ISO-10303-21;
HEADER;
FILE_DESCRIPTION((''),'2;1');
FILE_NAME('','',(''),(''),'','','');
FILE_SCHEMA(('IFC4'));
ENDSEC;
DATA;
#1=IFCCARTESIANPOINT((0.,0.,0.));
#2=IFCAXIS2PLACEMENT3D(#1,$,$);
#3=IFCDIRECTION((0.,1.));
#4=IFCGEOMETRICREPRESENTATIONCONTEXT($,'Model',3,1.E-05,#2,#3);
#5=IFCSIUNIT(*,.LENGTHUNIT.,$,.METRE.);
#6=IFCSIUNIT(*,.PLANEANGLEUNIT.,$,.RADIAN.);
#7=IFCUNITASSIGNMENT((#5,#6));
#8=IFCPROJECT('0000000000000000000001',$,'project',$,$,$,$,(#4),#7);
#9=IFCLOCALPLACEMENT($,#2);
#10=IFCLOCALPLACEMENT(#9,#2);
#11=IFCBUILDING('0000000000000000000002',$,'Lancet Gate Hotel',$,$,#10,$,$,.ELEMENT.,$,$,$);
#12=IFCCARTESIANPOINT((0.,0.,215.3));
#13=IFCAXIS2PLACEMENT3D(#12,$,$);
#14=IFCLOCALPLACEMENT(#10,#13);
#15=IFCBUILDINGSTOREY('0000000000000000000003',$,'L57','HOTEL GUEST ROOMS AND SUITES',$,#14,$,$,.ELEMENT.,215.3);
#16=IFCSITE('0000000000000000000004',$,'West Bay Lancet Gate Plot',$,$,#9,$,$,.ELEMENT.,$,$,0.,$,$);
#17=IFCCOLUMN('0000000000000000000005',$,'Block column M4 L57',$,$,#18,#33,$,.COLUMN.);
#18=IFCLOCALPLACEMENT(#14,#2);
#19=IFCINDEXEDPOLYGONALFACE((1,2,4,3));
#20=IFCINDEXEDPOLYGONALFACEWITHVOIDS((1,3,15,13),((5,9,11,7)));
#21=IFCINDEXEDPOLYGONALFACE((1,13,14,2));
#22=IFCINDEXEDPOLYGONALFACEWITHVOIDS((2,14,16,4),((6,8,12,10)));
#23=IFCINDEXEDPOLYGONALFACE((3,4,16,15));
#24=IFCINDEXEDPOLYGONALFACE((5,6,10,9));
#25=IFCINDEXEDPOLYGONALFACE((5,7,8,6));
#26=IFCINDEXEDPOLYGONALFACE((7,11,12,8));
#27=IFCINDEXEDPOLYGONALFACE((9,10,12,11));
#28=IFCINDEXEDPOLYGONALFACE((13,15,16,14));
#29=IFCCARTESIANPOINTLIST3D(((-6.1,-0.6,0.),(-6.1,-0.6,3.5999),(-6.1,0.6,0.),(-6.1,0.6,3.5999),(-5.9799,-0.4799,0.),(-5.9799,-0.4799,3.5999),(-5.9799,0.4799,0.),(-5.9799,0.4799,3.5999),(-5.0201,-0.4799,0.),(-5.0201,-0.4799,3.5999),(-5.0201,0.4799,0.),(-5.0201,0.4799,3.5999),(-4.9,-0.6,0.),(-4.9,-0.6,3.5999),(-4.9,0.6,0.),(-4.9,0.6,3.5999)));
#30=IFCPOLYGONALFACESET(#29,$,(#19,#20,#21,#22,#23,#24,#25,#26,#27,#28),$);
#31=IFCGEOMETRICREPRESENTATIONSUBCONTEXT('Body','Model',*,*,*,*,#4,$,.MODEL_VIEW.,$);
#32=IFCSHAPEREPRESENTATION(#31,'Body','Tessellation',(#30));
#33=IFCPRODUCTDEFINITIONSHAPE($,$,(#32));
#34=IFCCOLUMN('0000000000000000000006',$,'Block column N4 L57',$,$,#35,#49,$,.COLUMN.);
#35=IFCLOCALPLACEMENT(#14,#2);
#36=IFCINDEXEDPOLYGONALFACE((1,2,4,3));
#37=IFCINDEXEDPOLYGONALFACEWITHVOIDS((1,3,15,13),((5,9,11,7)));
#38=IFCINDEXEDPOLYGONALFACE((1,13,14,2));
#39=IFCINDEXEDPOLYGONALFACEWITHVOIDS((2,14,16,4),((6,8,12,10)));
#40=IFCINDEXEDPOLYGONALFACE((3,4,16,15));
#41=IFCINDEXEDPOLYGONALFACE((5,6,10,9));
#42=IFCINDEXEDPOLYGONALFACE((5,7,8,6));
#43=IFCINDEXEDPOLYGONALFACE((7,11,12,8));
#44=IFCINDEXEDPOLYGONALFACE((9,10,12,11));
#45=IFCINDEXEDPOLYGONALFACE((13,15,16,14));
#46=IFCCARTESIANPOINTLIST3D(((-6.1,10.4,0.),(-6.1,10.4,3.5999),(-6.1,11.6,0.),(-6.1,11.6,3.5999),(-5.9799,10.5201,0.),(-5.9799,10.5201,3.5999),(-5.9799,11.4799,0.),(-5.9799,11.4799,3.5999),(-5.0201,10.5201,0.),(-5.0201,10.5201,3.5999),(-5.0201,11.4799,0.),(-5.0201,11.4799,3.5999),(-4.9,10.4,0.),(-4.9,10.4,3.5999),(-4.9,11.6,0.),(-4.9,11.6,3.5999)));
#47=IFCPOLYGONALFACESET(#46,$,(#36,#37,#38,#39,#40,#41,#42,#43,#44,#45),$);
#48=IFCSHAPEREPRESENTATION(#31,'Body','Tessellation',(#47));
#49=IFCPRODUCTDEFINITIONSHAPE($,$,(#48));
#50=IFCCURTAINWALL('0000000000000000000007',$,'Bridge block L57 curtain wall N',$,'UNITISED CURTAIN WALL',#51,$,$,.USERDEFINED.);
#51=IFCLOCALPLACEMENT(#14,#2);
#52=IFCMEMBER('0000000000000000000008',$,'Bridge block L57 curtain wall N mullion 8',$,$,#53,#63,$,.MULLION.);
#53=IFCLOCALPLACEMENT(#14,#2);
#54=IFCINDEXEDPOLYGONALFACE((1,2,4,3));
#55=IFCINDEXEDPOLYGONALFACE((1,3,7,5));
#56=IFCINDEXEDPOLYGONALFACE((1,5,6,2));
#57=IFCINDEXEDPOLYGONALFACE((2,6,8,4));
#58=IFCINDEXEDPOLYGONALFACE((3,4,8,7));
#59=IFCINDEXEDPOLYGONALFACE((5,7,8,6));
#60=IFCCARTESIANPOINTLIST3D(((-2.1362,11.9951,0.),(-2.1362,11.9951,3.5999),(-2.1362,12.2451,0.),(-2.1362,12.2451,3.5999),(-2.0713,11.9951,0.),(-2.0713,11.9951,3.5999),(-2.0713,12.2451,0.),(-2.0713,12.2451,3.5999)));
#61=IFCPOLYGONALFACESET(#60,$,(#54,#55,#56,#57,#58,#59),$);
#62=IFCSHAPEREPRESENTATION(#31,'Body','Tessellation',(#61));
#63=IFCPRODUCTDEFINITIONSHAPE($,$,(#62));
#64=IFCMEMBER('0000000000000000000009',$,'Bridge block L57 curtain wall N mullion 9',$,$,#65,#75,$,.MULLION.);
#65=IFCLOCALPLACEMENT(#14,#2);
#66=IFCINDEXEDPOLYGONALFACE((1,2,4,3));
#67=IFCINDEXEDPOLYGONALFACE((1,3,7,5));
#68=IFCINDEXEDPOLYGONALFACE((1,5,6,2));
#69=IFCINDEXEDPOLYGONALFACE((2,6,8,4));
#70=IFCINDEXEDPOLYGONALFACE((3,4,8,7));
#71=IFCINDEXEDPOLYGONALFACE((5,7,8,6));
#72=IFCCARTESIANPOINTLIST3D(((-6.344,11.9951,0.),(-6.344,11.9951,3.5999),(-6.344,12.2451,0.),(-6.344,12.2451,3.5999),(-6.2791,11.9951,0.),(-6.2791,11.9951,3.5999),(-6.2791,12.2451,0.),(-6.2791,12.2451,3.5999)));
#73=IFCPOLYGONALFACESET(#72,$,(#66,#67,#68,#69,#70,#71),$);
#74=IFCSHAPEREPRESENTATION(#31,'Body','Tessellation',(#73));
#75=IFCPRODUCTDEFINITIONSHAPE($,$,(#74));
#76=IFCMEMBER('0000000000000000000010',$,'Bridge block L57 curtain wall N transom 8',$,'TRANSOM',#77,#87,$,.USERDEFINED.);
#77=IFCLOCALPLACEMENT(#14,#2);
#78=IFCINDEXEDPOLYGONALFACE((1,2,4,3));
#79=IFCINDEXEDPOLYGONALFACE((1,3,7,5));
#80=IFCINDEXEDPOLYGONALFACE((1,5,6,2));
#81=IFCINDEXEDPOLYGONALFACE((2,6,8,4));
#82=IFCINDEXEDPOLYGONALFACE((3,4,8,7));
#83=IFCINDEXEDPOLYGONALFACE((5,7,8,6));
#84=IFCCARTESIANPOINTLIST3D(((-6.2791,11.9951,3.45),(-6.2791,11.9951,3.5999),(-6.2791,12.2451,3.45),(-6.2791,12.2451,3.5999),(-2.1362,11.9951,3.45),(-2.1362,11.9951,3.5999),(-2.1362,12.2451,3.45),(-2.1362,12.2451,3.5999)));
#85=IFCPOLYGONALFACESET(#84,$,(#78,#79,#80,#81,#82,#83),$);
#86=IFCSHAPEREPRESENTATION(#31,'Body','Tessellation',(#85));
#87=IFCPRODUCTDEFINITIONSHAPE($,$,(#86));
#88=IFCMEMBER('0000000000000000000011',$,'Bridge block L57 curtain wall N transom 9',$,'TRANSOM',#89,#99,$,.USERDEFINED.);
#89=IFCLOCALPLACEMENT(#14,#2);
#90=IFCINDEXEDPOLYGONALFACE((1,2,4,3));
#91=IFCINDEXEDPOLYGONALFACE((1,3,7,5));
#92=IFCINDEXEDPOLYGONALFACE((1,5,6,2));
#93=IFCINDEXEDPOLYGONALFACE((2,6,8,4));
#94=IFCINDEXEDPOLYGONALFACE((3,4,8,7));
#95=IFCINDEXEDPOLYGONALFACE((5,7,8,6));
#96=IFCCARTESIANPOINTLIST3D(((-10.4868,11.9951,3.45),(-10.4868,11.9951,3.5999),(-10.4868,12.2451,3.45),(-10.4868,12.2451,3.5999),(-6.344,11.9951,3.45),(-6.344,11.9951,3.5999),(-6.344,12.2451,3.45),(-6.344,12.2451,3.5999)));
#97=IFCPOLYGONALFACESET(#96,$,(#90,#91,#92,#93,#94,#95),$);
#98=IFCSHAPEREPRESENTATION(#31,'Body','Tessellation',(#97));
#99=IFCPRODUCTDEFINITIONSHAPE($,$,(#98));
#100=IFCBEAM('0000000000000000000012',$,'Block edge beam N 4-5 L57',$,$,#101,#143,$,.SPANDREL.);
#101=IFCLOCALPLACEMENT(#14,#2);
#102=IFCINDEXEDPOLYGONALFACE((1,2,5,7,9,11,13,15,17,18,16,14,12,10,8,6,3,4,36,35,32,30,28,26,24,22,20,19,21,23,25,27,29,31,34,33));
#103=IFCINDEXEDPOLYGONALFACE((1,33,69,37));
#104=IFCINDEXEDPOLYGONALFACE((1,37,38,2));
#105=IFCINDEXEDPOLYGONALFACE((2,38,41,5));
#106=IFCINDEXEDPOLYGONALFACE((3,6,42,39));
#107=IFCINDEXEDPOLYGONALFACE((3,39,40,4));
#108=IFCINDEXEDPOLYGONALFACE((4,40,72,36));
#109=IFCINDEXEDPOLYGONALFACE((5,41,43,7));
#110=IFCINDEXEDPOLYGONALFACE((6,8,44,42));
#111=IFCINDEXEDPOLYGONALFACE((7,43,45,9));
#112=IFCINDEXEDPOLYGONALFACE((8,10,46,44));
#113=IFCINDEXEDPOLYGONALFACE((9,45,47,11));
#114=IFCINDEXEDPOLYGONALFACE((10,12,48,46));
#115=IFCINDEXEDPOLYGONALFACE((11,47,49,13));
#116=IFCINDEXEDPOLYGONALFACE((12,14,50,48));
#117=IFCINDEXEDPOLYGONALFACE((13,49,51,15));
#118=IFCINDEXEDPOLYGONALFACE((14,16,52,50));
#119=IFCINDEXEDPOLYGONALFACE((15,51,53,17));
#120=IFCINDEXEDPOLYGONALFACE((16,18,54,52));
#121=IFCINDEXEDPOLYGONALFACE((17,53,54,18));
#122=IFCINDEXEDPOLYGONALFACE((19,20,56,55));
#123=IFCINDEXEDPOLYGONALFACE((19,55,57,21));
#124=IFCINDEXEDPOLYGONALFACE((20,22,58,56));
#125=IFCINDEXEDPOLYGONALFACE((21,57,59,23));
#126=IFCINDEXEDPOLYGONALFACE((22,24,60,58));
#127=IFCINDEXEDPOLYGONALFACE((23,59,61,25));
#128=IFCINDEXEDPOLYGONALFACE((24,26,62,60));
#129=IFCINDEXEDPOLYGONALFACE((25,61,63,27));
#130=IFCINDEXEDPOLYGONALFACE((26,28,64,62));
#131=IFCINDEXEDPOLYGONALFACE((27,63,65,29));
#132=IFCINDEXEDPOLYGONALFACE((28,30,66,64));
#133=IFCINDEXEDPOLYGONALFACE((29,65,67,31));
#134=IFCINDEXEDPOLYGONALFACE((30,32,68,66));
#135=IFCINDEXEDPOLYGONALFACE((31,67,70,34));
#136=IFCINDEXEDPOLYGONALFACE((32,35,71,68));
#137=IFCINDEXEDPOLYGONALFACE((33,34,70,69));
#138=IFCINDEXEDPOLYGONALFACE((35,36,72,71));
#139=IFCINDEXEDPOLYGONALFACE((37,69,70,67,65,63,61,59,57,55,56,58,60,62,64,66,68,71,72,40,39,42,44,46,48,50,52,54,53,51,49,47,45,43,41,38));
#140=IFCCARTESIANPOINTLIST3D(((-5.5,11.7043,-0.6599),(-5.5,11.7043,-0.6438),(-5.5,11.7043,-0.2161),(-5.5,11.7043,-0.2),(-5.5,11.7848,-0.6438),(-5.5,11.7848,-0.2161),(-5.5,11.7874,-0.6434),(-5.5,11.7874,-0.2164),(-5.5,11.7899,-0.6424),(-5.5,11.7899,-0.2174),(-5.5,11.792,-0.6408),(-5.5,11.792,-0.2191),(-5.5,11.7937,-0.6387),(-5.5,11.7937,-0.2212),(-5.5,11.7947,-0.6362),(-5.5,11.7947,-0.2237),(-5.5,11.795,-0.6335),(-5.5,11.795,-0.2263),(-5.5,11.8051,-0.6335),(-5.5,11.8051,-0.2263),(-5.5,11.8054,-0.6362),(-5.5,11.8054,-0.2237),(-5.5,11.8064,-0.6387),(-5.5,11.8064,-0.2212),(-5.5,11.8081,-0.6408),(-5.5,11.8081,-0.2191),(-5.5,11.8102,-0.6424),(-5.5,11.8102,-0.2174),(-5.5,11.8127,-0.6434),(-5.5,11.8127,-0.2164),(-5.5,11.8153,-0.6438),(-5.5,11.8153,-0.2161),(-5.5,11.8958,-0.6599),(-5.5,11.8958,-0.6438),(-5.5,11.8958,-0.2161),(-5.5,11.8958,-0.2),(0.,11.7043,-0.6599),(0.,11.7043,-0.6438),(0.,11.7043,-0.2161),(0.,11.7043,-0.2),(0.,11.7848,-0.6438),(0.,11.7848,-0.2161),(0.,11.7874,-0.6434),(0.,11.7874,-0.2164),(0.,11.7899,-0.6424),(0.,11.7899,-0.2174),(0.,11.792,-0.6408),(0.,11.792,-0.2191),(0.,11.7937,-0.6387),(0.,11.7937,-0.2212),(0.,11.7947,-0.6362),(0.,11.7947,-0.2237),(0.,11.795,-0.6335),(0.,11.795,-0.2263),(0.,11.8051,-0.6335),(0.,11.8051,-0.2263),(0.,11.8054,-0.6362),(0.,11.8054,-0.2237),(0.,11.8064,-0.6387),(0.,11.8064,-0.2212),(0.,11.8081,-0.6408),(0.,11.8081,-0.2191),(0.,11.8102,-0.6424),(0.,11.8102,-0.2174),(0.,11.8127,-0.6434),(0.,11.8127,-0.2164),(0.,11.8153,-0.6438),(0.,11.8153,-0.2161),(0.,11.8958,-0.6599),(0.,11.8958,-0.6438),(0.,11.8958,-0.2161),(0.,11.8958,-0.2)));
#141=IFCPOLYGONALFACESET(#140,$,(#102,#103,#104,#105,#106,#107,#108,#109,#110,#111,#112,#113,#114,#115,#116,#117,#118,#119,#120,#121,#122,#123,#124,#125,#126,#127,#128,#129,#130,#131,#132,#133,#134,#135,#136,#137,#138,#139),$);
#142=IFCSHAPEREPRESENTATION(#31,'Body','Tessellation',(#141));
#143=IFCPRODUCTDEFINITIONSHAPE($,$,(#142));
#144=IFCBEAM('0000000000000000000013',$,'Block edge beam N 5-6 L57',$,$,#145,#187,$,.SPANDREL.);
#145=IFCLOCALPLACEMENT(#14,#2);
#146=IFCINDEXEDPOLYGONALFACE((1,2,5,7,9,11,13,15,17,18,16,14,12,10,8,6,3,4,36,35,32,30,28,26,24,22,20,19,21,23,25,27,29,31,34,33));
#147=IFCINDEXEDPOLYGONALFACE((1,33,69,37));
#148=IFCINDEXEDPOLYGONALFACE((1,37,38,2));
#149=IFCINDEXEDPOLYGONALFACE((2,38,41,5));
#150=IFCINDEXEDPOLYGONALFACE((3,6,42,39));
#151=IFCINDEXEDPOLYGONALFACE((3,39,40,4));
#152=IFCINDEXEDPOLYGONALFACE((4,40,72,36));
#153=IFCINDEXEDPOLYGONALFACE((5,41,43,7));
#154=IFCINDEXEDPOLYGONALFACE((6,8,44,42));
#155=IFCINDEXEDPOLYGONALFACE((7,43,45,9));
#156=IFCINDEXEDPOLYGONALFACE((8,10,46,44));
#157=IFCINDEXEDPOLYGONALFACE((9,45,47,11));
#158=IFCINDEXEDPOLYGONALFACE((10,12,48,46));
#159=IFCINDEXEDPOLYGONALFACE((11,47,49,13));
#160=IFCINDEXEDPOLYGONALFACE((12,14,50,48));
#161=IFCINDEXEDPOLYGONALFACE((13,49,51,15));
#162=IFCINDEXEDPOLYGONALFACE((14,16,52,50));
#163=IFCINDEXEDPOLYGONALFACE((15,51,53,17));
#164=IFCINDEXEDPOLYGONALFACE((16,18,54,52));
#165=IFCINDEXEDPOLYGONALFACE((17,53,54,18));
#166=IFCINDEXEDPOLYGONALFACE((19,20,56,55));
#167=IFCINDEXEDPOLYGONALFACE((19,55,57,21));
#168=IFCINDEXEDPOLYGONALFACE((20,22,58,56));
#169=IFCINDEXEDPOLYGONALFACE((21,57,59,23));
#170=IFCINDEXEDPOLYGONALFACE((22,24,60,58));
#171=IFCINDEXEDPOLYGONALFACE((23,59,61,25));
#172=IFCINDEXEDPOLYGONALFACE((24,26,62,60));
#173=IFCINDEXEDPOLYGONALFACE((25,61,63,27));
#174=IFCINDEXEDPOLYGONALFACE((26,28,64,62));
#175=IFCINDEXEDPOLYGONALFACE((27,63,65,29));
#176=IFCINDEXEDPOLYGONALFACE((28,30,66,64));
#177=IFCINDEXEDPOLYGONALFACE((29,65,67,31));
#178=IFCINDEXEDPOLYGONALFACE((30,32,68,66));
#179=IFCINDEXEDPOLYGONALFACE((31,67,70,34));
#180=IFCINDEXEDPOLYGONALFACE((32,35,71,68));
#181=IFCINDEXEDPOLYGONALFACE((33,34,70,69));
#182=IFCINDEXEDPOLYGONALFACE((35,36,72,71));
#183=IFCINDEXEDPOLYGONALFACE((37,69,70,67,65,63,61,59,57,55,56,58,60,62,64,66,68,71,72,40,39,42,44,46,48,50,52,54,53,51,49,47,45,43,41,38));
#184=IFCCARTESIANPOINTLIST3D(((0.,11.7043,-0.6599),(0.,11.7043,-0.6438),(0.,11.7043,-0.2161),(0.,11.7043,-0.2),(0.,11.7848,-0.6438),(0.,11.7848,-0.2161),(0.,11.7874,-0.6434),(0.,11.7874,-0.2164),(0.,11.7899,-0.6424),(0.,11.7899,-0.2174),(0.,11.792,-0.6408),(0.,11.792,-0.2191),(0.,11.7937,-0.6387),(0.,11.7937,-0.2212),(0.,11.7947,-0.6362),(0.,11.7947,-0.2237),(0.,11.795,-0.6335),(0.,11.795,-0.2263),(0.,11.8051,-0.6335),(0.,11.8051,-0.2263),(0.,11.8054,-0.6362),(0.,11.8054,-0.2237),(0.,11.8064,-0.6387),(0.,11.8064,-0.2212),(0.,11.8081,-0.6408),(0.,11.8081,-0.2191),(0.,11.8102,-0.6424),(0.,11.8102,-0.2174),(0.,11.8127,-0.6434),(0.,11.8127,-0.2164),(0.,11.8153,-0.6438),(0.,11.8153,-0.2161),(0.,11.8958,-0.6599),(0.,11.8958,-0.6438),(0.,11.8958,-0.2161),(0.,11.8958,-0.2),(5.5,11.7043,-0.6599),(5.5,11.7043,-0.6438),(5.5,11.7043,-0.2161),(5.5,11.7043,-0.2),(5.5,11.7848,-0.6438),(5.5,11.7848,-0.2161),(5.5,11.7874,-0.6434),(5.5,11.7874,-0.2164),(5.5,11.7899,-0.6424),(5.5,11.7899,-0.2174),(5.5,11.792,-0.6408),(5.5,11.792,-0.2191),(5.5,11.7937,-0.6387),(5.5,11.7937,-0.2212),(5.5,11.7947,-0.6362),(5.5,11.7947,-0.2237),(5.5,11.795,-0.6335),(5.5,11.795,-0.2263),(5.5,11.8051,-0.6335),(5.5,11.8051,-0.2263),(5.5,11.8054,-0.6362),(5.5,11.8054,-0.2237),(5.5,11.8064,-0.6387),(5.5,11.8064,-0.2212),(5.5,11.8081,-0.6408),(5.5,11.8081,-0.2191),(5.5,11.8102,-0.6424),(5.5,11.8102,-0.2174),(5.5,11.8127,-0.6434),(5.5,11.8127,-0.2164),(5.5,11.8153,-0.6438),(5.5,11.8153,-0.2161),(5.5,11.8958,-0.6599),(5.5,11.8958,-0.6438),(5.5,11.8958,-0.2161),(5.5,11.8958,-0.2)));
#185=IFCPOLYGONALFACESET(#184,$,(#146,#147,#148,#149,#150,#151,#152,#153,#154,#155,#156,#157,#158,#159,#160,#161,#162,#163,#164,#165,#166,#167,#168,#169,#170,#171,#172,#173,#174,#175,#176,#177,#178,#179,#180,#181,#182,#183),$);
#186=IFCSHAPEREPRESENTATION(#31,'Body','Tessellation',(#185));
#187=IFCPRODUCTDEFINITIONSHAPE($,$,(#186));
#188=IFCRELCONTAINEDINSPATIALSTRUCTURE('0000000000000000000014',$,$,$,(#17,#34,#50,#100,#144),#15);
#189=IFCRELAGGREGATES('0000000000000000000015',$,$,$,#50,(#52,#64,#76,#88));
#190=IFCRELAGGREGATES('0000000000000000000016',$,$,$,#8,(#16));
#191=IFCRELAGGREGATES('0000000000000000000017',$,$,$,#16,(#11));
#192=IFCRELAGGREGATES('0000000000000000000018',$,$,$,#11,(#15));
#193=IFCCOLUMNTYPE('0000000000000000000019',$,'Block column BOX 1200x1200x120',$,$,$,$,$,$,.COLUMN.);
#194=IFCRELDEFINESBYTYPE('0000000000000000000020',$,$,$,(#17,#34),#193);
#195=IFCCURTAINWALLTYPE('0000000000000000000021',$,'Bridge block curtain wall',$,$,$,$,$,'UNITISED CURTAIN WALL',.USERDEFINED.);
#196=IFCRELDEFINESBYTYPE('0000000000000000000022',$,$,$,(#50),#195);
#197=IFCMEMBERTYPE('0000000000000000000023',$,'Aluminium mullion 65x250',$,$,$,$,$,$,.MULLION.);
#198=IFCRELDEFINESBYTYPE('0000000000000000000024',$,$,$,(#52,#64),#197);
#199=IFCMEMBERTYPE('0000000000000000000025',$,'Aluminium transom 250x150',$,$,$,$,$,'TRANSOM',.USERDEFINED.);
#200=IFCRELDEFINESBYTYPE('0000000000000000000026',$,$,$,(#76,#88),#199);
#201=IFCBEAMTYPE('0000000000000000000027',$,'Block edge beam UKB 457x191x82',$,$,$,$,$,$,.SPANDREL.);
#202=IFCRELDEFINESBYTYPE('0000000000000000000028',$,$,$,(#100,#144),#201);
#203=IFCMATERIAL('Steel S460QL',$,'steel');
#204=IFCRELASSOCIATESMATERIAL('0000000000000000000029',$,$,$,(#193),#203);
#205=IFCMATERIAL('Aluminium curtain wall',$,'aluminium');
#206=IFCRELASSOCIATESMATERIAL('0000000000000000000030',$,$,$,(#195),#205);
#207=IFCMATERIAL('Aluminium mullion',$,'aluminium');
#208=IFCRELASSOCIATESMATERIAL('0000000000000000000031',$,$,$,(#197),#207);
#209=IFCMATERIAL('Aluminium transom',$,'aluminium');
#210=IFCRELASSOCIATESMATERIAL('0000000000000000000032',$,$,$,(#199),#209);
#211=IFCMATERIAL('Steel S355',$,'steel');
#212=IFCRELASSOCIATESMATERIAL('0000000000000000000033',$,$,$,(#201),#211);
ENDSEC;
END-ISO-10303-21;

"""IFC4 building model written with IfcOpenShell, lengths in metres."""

from ifc_helpers import new_model, si_unit, direction, frame, origin, origin_2d, place, context, subcontext, project, spatial, rectangle, hollow_rectangle, i_section, extrude, material, material_profile, profile_set, type_object, element, aggregate, save


model = new_model("IFC4")

# Units and contexts
model_context = context("Model", 3, precision=1e-05, world=origin(), true_north=direction((0.0, 1.0)))
body_context = subcontext(model_context, "Body", "Model", "MODEL_VIEW")
ifc_project = project(units=[si_unit("LENGTHUNIT", "METRE"), si_unit("PLANEANGLEUNIT", "RADIAN")], contexts=[model_context])

# Site, building, storey
site_placement = place(None, origin())
site = spatial("IfcSite", under=ifc_project, at=site_placement, Name="West Bay Lancet Gate Plot", CompositionType="ELEMENT", RefElevation=0.0)
building_placement = place(site_placement, origin())
building = spatial("IfcBuilding", under=site, at=building_placement, Name="Lancet Gate Hotel", CompositionType="ELEMENT")
storey_placement = place(building_placement, frame((0.0, 0.0, 215.3)))
storey = spatial("IfcBuildingStorey", under=building, at=storey_placement, Name="L57", Description="HOTEL GUEST ROOMS AND SUITES", CompositionType="ELEMENT", Elevation=215.3)

# Columns
ifc_material_1 = material(Name="Steel S460QL", Category="steel")
ifc_material_profile_1 = material_profile(ifc_material_1, hollow_rectangle(XDim=1.2, YDim=1.2, WallThickness=0.1201, at=origin_2d()), Name="BOX 1200x1200x120")
ifc_profile_set_1 = profile_set([ifc_material_profile_1], Name="Steel S460QL")
column_type = type_object("IfcColumnType", Name="Block column BOX 1200x1200x120", PredefinedType="COLUMN", material=ifc_profile_set_1)
for number, where, z_axis, x_axis, name in (
    (1, (-5.5, 0.0, 0.0), (0.0, 0.0, 1.0), (1.0, 0.0, 0.0), "Block column M4 L57"),
    (2, (-5.5, 11.0, 0.0), (0.0, 0.0, 1.0), (1.0, 0.0, 0.0), "Block column N4 L57"),
):
    element("IfcColumn", number, at=place(storey_placement, frame(where, z_axis=z_axis, x_axis=x_axis)), inside=storey, type_object=column_type, Name=name, PredefinedType="COLUMN", context=body_context, shape_type="SweptSolid", body=[
        extrude(hollow_rectangle(XDim=1.2, YDim=1.2, WallThickness=0.1201, at=origin_2d()), origin(), (0.0, 0.0, 1.0), 3.5999),
    ])

# Curtain wall, members
ifc_material_2 = material(Name="Aluminium curtain wall", Category="aluminium")
curtain_wall_type = type_object("IfcCurtainWallType", Name="Bridge block curtain wall", ElementType="UNITISED CURTAIN WALL", PredefinedType="USERDEFINED", material=ifc_material_2)
curtain_wall_placement = place(storey_placement, origin())
curtain_wall = element("IfcCurtainWall", 3, at=curtain_wall_placement, inside=storey, type_object=curtain_wall_type, Name="Bridge block L57 curtain wall N", ObjectType="UNITISED CURTAIN WALL", PredefinedType="USERDEFINED")
ifc_material_3 = material(Name="Aluminium mullion", Category="aluminium")
ifc_material_profile_2 = material_profile(ifc_material_3, rectangle(XDim=0.0649, YDim=0.25, at=origin_2d()), Name="MULLION 65x250")
ifc_profile_set_2 = profile_set([ifc_material_profile_2], Name="Aluminium mullion")
member_type_1 = type_object("IfcMemberType", Name="Aluminium mullion 65x250", PredefinedType="MULLION", material=ifc_profile_set_2)
member_1_placement = place(storey_placement, frame((-2.1038, 12.1201, 0.0), z_axis=(0.0, 0.0, 1.0), x_axis=(-1.0, 0.0, 0.0)))
member_1 = element("IfcMember", 4, at=member_1_placement, type_object=member_type_1, Name="Bridge block L57 curtain wall N mullion 8", PredefinedType="MULLION", context=body_context, shape_type="SweptSolid", body=[
    extrude(rectangle(XDim=0.0649, YDim=0.25, at=origin_2d()), origin(), (0.0, 0.0, 1.0), 3.5999),
])
member_2_placement = place(storey_placement, frame((-6.3115, 12.1201, 0.0), z_axis=(0.0, 0.0, 1.0), x_axis=(-1.0, 0.0, 0.0)))
member_2 = element("IfcMember", 5, at=member_2_placement, type_object=member_type_1, Name="Bridge block L57 curtain wall N mullion 9", PredefinedType="MULLION", context=body_context, shape_type="SweptSolid", body=[
    extrude(rectangle(XDim=0.0649, YDim=0.25, at=origin_2d()), origin(), (0.0, 0.0, 1.0), 3.5999),
])
ifc_material_4 = material(Name="Aluminium transom", Category="aluminium")
ifc_material_profile_3 = material_profile(ifc_material_4, rectangle(XDim=0.25, YDim=0.1499, at=origin_2d()), Name="TRANSOM 250x150")
ifc_profile_set_3 = profile_set([ifc_material_profile_3], Name="Aluminium transom")
member_type_2 = type_object("IfcMemberType", Name="Aluminium transom 250x150", ElementType="TRANSOM", PredefinedType="USERDEFINED", material=ifc_profile_set_3)
member_3_placement = place(storey_placement, frame((-2.1362, 12.1201, 3.5249), z_axis=(-1.0, 0.0, 0.0), x_axis=(0.0, -1.0, 0.0)))
member_3 = element("IfcMember", 6, at=member_3_placement, type_object=member_type_2, Name="Bridge block L57 curtain wall N transom 8", ObjectType="TRANSOM", PredefinedType="USERDEFINED", context=body_context, shape_type="SweptSolid", body=[
    extrude(rectangle(XDim=0.25, YDim=0.1499, at=origin_2d()), origin(), (0.0, 0.0, 1.0), 4.1428),
])
member_4_placement = place(storey_placement, frame((-6.344, 12.1201, 3.5249), z_axis=(-1.0, 0.0, 0.0), x_axis=(0.0, -1.0, 0.0)))
member_4 = element("IfcMember", 7, at=member_4_placement, type_object=member_type_2, Name="Bridge block L57 curtain wall N transom 9", ObjectType="TRANSOM", PredefinedType="USERDEFINED", context=body_context, shape_type="SweptSolid", body=[
    extrude(rectangle(XDim=0.25, YDim=0.1499, at=origin_2d()), origin(), (0.0, 0.0, 1.0), 4.1428),
])

# Beams
ifc_material_5 = material(Name="Steel S355", Category="steel")
ifc_material_profile_4 = material_profile(ifc_material_5, i_section(OverallWidth=0.1914, OverallDepth=0.46, WebThickness=0.01, FlangeThickness=0.0161, FilletRadius=0.0103, at=origin_2d()), Name="UKB 457x191x82")
ifc_profile_set_4 = profile_set([ifc_material_profile_4], Name="Steel S355")
beam_type_1 = type_object("IfcBeamType", Name="Block edge beam UKB 457x191x82", PredefinedType="SPANDREL", material=ifc_profile_set_4)
for number, where, z_axis, x_axis, name in (
    (8, (-5.5, 11.8, -0.4299), (1.0, 0.0, 0.0), (0.0, 1.0, 0.0), "Block edge beam N 4-5 L57"),
    (9, (0.0, 11.8, -0.4299), (1.0, 0.0, 0.0), (0.0, 1.0, 0.0), "Block edge beam N 5-6 L57"),
):
    element("IfcBeam", number, at=place(storey_placement, frame(where, z_axis=z_axis, x_axis=x_axis)), inside=storey, type_object=beam_type_1, Name=name, PredefinedType="SPANDREL", context=body_context, shape_type="SweptSolid", body=[
        extrude(i_section(OverallWidth=0.1914, OverallDepth=0.46, WebThickness=0.01, FlangeThickness=0.0161, FilletRadius=0.0103, at=origin_2d()), origin(), (0.0, 0.0, 1.0), 5.5),
    ])

aggregate(curtain_wall, [member_1, member_2, member_3, member_4])

save(model, "model.ifc")
